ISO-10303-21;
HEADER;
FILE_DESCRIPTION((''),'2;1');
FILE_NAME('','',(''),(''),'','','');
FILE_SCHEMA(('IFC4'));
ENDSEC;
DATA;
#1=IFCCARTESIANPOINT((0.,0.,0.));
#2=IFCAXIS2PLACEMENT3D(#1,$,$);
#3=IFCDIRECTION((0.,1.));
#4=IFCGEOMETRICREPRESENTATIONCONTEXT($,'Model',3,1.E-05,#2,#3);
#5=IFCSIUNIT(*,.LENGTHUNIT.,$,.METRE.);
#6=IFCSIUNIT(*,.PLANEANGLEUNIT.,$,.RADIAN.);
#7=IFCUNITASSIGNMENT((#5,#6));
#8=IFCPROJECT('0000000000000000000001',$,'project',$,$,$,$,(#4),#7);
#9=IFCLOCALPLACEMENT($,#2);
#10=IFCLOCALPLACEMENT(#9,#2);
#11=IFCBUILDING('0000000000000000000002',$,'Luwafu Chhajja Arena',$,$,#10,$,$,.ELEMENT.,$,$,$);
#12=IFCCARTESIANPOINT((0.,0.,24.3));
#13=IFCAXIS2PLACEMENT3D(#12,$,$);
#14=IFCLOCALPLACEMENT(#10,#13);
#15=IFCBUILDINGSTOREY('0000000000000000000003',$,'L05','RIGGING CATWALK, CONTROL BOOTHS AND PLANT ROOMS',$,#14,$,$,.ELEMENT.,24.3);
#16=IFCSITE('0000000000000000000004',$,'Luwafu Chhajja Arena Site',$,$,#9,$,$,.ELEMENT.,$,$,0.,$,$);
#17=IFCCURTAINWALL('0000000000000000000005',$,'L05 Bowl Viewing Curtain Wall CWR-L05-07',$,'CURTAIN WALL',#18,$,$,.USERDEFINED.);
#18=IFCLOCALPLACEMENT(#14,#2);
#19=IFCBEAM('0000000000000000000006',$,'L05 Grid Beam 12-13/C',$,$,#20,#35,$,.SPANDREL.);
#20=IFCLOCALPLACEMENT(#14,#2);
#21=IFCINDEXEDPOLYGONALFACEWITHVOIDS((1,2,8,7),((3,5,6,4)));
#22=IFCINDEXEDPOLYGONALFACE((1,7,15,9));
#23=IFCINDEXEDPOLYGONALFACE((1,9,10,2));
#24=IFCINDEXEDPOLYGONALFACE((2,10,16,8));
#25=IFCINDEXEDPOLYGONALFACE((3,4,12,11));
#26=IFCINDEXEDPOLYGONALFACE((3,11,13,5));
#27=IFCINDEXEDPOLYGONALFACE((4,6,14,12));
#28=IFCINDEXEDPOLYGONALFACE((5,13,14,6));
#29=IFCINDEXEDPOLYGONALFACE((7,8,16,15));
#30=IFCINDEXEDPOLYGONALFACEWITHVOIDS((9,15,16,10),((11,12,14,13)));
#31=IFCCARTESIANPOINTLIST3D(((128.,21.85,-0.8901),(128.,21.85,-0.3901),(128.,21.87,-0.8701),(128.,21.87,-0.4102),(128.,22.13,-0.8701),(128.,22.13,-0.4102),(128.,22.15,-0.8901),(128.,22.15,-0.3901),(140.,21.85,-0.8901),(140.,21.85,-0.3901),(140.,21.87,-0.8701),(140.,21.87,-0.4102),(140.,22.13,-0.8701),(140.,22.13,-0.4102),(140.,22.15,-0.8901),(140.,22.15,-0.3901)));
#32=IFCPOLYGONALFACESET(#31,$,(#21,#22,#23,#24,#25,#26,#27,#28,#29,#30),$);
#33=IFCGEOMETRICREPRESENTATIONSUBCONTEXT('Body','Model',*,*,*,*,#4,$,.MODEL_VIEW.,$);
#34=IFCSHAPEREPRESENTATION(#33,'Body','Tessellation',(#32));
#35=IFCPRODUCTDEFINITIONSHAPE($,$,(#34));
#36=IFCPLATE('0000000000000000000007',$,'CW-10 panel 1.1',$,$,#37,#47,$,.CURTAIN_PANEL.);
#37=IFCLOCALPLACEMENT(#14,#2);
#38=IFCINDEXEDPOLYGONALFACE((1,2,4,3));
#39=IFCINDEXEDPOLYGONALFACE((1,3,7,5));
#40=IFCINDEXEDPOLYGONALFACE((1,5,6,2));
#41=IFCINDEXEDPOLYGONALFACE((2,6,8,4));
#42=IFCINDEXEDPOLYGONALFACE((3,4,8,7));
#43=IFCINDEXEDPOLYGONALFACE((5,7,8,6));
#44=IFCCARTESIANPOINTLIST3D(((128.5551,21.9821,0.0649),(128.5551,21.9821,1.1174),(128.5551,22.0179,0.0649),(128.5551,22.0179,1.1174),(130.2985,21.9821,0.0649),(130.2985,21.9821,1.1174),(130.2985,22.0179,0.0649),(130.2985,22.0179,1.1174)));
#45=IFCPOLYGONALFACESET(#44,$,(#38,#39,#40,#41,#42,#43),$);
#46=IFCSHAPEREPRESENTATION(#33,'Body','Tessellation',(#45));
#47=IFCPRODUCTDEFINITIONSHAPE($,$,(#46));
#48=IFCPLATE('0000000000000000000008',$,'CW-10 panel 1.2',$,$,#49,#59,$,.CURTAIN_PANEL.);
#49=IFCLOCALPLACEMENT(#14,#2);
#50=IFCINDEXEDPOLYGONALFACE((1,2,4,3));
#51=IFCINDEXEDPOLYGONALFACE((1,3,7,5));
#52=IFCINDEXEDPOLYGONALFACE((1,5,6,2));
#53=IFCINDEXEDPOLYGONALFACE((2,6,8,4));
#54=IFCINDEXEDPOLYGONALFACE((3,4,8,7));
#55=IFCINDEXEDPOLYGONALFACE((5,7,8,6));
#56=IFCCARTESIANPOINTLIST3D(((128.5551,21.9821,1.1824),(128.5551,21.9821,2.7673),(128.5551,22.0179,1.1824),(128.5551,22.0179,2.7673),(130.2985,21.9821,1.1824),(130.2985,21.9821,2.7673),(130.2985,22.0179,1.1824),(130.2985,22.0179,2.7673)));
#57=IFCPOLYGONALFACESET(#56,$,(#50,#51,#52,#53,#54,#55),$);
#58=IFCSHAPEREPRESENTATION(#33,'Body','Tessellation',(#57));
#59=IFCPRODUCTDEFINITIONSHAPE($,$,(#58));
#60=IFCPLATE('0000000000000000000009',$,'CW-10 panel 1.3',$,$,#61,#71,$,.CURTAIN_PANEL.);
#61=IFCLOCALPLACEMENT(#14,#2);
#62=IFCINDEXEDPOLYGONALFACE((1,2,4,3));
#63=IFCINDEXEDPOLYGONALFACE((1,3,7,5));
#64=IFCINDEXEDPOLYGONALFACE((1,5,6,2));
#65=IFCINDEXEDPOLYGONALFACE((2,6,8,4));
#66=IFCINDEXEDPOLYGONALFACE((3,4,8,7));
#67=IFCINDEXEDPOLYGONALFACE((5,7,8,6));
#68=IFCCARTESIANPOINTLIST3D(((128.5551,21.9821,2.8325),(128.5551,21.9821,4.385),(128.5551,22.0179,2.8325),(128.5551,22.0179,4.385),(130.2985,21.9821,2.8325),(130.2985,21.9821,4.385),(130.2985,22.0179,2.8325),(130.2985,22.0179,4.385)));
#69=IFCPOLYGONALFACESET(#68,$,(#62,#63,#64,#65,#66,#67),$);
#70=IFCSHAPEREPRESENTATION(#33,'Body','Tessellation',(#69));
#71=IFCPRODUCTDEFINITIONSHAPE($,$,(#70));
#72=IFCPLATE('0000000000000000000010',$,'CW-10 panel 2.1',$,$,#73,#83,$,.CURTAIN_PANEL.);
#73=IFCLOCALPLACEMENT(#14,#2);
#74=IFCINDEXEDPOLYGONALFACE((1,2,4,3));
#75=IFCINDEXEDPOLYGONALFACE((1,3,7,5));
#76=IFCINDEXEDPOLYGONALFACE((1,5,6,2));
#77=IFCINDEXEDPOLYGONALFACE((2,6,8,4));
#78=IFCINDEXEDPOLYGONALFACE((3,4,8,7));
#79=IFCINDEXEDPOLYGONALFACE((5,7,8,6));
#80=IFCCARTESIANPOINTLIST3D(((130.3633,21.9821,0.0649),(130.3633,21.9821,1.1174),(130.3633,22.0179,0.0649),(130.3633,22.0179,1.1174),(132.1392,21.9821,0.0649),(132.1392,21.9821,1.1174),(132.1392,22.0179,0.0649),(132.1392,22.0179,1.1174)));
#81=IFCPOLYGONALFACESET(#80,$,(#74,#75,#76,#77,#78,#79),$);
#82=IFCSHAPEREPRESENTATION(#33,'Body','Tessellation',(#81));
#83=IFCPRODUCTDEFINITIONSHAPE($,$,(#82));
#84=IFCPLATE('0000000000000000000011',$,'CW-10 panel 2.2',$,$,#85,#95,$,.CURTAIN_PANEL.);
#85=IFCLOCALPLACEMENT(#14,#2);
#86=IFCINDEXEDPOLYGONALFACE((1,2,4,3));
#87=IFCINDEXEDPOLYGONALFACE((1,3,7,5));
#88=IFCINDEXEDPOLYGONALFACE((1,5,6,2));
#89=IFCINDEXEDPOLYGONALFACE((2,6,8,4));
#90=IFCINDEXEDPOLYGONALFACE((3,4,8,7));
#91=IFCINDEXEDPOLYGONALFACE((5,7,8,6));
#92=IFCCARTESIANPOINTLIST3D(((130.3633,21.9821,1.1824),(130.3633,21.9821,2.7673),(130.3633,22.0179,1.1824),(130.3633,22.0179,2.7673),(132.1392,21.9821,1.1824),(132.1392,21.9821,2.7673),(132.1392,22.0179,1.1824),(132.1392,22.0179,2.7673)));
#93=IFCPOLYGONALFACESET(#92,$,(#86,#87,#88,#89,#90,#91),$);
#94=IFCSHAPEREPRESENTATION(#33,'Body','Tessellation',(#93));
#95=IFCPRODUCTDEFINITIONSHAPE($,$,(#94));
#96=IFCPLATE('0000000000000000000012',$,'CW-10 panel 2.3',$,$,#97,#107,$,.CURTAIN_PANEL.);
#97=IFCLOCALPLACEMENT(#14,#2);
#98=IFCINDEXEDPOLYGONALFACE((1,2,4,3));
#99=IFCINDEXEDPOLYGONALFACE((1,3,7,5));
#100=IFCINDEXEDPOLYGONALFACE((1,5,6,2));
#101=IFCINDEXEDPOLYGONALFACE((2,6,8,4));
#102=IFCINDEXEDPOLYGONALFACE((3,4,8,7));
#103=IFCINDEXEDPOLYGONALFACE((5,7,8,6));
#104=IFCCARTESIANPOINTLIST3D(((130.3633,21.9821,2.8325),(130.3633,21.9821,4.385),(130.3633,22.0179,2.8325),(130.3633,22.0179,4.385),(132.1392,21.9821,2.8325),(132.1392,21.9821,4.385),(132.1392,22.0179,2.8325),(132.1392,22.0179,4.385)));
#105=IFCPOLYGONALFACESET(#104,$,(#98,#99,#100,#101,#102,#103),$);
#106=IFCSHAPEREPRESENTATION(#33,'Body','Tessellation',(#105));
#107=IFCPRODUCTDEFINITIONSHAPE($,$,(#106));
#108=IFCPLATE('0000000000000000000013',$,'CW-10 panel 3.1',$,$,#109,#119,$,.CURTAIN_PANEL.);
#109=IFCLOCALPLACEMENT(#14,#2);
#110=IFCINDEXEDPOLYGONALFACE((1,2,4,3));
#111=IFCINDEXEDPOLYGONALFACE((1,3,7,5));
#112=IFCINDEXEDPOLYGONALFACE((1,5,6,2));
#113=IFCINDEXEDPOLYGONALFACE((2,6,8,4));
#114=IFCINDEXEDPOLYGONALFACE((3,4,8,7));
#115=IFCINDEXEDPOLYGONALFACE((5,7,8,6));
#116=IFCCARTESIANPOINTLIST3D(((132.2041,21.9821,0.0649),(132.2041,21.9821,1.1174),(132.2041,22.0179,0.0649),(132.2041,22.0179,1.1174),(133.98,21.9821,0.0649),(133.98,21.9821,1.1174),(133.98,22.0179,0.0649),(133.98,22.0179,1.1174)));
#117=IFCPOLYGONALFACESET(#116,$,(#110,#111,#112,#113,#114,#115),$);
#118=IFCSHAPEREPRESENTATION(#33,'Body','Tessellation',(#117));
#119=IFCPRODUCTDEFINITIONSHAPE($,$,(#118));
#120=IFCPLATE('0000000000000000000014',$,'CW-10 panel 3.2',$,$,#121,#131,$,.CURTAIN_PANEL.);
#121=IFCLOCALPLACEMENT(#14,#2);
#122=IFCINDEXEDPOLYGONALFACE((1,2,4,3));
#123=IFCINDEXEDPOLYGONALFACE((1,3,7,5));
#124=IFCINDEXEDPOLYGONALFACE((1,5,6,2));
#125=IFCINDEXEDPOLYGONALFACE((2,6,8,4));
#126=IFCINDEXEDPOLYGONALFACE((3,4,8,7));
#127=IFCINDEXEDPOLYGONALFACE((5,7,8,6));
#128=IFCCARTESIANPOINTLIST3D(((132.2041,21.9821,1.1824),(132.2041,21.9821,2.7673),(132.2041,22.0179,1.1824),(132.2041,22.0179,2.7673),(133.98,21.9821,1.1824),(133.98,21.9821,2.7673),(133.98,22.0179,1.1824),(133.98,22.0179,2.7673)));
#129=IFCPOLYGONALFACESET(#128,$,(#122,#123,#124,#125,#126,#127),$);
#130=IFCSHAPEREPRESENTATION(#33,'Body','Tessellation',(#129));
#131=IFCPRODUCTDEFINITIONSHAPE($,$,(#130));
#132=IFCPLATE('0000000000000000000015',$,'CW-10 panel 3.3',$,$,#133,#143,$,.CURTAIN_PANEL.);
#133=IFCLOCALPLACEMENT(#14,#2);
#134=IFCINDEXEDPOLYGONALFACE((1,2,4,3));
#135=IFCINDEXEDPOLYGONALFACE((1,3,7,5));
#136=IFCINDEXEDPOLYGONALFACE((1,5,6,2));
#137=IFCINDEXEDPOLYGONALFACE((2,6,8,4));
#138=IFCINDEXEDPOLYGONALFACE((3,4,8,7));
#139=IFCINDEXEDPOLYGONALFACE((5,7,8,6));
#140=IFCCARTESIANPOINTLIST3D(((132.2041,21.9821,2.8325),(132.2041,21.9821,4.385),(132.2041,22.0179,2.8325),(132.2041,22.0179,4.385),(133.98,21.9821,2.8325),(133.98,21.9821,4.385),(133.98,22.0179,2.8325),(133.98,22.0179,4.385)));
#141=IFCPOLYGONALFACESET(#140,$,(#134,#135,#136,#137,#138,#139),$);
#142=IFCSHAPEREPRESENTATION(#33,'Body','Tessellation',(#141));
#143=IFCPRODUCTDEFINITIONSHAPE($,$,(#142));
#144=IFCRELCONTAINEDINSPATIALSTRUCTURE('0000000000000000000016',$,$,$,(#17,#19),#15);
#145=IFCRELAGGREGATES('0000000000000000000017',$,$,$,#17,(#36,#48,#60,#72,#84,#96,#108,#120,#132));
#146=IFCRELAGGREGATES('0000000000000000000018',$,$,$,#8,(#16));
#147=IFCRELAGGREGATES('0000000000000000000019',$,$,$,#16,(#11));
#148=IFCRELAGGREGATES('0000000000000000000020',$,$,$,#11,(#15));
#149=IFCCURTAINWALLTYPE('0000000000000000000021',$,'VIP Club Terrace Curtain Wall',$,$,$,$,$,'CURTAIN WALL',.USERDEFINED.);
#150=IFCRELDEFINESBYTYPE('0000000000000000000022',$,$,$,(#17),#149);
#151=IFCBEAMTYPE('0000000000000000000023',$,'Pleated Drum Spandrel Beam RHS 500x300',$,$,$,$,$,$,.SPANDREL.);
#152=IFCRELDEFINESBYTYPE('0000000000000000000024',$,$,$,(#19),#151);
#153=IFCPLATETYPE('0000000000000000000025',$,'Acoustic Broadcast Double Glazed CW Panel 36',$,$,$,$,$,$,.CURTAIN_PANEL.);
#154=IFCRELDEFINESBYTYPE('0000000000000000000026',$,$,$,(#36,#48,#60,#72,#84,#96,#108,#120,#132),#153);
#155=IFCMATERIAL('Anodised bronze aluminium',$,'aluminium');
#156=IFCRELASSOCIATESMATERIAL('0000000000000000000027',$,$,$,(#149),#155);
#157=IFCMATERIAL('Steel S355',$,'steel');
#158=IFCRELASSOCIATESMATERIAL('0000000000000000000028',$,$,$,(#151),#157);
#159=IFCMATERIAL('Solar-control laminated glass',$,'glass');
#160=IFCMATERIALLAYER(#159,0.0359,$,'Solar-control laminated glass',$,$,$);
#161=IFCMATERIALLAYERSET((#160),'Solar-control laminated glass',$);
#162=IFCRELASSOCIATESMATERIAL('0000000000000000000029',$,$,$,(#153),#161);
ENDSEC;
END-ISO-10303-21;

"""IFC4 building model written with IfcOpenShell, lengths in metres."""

from ifc_helpers import new_model, si_unit, direction, frame, origin, origin_2d, place, context, subcontext, project, spatial, rectangle, hollow_rectangle, extrude, material, layer, layer_set, material_profile, profile_set, type_object, element, aggregate, save


model = new_model("IFC4")

# Units and contexts
model_context = context("Model", 3, precision=1e-05, world=origin(), true_north=direction((0.0, 1.0)))
body_context = subcontext(model_context, "Body", "Model", "MODEL_VIEW")
ifc_project = project(units=[si_unit("LENGTHUNIT", "METRE"), si_unit("PLANEANGLEUNIT", "RADIAN")], contexts=[model_context])

# Site, building, storey
site_placement = place(None, origin())
site = spatial("IfcSite", under=ifc_project, at=site_placement, Name="Luwafu Chhajja Arena Site", CompositionType="ELEMENT", RefElevation=0.0)
building_placement = place(site_placement, origin())
building = spatial("IfcBuilding", under=site, at=building_placement, Name="Luwafu Chhajja Arena", CompositionType="ELEMENT")
storey_placement = place(building_placement, frame((0.0, 0.0, 24.3)))
storey = spatial("IfcBuildingStorey", under=building, at=storey_placement, Name="L05", Description="RIGGING CATWALK, CONTROL BOOTHS AND PLANT ROOMS", CompositionType="ELEMENT", Elevation=24.3)

# Curtain wall
ifc_material_1 = material(Name="Anodised bronze aluminium", Category="aluminium")
curtain_wall_type = type_object("IfcCurtainWallType", Name="VIP Club Terrace Curtain Wall", ElementType="CURTAIN WALL", PredefinedType="USERDEFINED", material=ifc_material_1)
curtain_wall_placement = place(storey_placement, origin())
curtain_wall = element("IfcCurtainWall", 1, at=curtain_wall_placement, inside=storey, type_object=curtain_wall_type, Name="L05 Bowl Viewing Curtain Wall CWR-L05-07", ObjectType="CURTAIN WALL", PredefinedType="USERDEFINED")

# Beam
ifc_material_2 = material(Name="Steel S355", Category="steel")
ifc_material_profile_1 = material_profile(ifc_material_2, hollow_rectangle(XDim=0.3, YDim=0.5, WallThickness=0.02, at=origin_2d()), Name="RHS 500x300x20")
ifc_profile_set_1 = profile_set([ifc_material_profile_1], Name="Steel S355")
beam_type = type_object("IfcBeamType", Name="Pleated Drum Spandrel Beam RHS 500x300", PredefinedType="SPANDREL", material=ifc_profile_set_1)
beam_placement = place(storey_placement, frame((128.0, 22.0, -0.6401), z_axis=(1.0, 0.0, 0.0), x_axis=(0.0, 1.0, 0.0)))
element("IfcBeam", 2, at=beam_placement, inside=storey, type_object=beam_type, Name="L05 Grid Beam 12-13/C", PredefinedType="SPANDREL", context=body_context, shape_type="SweptSolid", body=[
    extrude(hollow_rectangle(XDim=0.3, YDim=0.5, WallThickness=0.02, at=origin_2d()), origin(), (0.0, 0.0, 1.0), 12.0),
])

# Plates
ifc_material_3 = material(Name="Solar-control laminated glass", Category="glass")
ifc_layer = layer(ifc_material_3, 0.0359, Name="Solar-control laminated glass")
ifc_layer_set = layer_set([ifc_layer], Name="Solar-control laminated glass")
plate_type = type_object("IfcPlateType", Name="Acoustic Broadcast Double Glazed CW Panel 36", PredefinedType="CURTAIN_PANEL", material=ifc_layer_set)
plate_1_placement = place(storey_placement, frame((129.4268, 22.0, 0.0649), z_axis=(0.0, 0.0, 1.0), x_axis=(1.0, 0.0, 0.0)))
plate_1 = element("IfcPlate", 3, at=plate_1_placement, type_object=plate_type, Name="CW-10 panel 1.1", PredefinedType="CURTAIN_PANEL", context=body_context, shape_type="SweptSolid", body=[
    extrude(rectangle(XDim=1.7434, YDim=0.0359, at=origin_2d()), origin(), (0.0, 0.0, 1.0), 1.0525),
])
plate_2_placement = place(storey_placement, frame((129.4268, 22.0, 1.1824), z_axis=(0.0, 0.0, 1.0), x_axis=(1.0, 0.0, 0.0)))
plate_2 = element("IfcPlate", 4, at=plate_2_placement, type_object=plate_type, Name="CW-10 panel 1.2", PredefinedType="CURTAIN_PANEL", context=body_context, shape_type="SweptSolid", body=[
    extrude(rectangle(XDim=1.7434, YDim=0.0359, at=origin_2d()), origin(), (0.0, 0.0, 1.0), 1.585),
])
plate_3_placement = place(storey_placement, frame((129.4268, 22.0, 2.8325), z_axis=(0.0, 0.0, 1.0), x_axis=(1.0, 0.0, 0.0)))
plate_3 = element("IfcPlate", 5, at=plate_3_placement, type_object=plate_type, Name="CW-10 panel 1.3", PredefinedType="CURTAIN_PANEL", context=body_context, shape_type="SweptSolid", body=[
    extrude(rectangle(XDim=1.7434, YDim=0.0359, at=origin_2d()), origin(), (0.0, 0.0, 1.0), 1.5525),
])
plate_4_placement = place(storey_placement, frame((131.2512, 22.0, 0.0649), z_axis=(0.0, 0.0, 1.0), x_axis=(1.0, 0.0, 0.0)))
plate_4 = element("IfcPlate", 6, at=plate_4_placement, type_object=plate_type, Name="CW-10 panel 2.1", PredefinedType="CURTAIN_PANEL", context=body_context, shape_type="SweptSolid", body=[
    extrude(rectangle(XDim=1.7759, YDim=0.0359, at=origin_2d()), origin(), (0.0, 0.0, 1.0), 1.0525),
])
plate_5_placement = place(storey_placement, frame((131.2512, 22.0, 1.1824), z_axis=(0.0, 0.0, 1.0), x_axis=(1.0, 0.0, 0.0)))
plate_5 = element("IfcPlate", 7, at=plate_5_placement, type_object=plate_type, Name="CW-10 panel 2.2", PredefinedType="CURTAIN_PANEL", context=body_context, shape_type="SweptSolid", body=[
    extrude(rectangle(XDim=1.7759, YDim=0.0359, at=origin_2d()), origin(), (0.0, 0.0, 1.0), 1.585),
])
plate_6_placement = place(storey_placement, frame((131.2512, 22.0, 2.8325), z_axis=(0.0, 0.0, 1.0), x_axis=(1.0, 0.0, 0.0)))
plate_6 = element("IfcPlate", 8, at=plate_6_placement, type_object=plate_type, Name="CW-10 panel 2.3", PredefinedType="CURTAIN_PANEL", context=body_context, shape_type="SweptSolid", body=[
    extrude(rectangle(XDim=1.7759, YDim=0.0359, at=origin_2d()), origin(), (0.0, 0.0, 1.0), 1.5525),
])
plate_7_placement = place(storey_placement, frame((133.092, 22.0, 0.0649), z_axis=(0.0, 0.0, 1.0), x_axis=(1.0, 0.0, 0.0)))
plate_7 = element("IfcPlate", 9, at=plate_7_placement, type_object=plate_type, Name="CW-10 panel 3.1", PredefinedType="CURTAIN_PANEL", context=body_context, shape_type="SweptSolid", body=[
    extrude(rectangle(XDim=1.7759, YDim=0.0359, at=origin_2d()), origin(), (0.0, 0.0, 1.0), 1.0525),
])
plate_8_placement = place(storey_placement, frame((133.092, 22.0, 1.1824), z_axis=(0.0, 0.0, 1.0), x_axis=(1.0, 0.0, 0.0)))
plate_8 = element("IfcPlate", 10, at=plate_8_placement, type_object=plate_type, Name="CW-10 panel 3.2", PredefinedType="CURTAIN_PANEL", context=body_context, shape_type="SweptSolid", body=[
    extrude(rectangle(XDim=1.7759, YDim=0.0359, at=origin_2d()), origin(), (0.0, 0.0, 1.0), 1.585),
])
plate_9_placement = place(storey_placement, frame((133.092, 22.0, 2.8325), z_axis=(0.0, 0.0, 1.0), x_axis=(1.0, 0.0, 0.0)))
plate_9 = element("IfcPlate", 11, at=plate_9_placement, type_object=plate_type, Name="CW-10 panel 3.3", PredefinedType="CURTAIN_PANEL", context=body_context, shape_type="SweptSolid", body=[
    extrude(rectangle(XDim=1.7759, YDim=0.0359, at=origin_2d()), origin(), (0.0, 0.0, 1.0), 1.5525),
])
aggregate(curtain_wall, [plate_1, plate_2, plate_3, plate_4, plate_5, plate_6, plate_7, plate_8, plate_9])

save(model, "model.ifc")
